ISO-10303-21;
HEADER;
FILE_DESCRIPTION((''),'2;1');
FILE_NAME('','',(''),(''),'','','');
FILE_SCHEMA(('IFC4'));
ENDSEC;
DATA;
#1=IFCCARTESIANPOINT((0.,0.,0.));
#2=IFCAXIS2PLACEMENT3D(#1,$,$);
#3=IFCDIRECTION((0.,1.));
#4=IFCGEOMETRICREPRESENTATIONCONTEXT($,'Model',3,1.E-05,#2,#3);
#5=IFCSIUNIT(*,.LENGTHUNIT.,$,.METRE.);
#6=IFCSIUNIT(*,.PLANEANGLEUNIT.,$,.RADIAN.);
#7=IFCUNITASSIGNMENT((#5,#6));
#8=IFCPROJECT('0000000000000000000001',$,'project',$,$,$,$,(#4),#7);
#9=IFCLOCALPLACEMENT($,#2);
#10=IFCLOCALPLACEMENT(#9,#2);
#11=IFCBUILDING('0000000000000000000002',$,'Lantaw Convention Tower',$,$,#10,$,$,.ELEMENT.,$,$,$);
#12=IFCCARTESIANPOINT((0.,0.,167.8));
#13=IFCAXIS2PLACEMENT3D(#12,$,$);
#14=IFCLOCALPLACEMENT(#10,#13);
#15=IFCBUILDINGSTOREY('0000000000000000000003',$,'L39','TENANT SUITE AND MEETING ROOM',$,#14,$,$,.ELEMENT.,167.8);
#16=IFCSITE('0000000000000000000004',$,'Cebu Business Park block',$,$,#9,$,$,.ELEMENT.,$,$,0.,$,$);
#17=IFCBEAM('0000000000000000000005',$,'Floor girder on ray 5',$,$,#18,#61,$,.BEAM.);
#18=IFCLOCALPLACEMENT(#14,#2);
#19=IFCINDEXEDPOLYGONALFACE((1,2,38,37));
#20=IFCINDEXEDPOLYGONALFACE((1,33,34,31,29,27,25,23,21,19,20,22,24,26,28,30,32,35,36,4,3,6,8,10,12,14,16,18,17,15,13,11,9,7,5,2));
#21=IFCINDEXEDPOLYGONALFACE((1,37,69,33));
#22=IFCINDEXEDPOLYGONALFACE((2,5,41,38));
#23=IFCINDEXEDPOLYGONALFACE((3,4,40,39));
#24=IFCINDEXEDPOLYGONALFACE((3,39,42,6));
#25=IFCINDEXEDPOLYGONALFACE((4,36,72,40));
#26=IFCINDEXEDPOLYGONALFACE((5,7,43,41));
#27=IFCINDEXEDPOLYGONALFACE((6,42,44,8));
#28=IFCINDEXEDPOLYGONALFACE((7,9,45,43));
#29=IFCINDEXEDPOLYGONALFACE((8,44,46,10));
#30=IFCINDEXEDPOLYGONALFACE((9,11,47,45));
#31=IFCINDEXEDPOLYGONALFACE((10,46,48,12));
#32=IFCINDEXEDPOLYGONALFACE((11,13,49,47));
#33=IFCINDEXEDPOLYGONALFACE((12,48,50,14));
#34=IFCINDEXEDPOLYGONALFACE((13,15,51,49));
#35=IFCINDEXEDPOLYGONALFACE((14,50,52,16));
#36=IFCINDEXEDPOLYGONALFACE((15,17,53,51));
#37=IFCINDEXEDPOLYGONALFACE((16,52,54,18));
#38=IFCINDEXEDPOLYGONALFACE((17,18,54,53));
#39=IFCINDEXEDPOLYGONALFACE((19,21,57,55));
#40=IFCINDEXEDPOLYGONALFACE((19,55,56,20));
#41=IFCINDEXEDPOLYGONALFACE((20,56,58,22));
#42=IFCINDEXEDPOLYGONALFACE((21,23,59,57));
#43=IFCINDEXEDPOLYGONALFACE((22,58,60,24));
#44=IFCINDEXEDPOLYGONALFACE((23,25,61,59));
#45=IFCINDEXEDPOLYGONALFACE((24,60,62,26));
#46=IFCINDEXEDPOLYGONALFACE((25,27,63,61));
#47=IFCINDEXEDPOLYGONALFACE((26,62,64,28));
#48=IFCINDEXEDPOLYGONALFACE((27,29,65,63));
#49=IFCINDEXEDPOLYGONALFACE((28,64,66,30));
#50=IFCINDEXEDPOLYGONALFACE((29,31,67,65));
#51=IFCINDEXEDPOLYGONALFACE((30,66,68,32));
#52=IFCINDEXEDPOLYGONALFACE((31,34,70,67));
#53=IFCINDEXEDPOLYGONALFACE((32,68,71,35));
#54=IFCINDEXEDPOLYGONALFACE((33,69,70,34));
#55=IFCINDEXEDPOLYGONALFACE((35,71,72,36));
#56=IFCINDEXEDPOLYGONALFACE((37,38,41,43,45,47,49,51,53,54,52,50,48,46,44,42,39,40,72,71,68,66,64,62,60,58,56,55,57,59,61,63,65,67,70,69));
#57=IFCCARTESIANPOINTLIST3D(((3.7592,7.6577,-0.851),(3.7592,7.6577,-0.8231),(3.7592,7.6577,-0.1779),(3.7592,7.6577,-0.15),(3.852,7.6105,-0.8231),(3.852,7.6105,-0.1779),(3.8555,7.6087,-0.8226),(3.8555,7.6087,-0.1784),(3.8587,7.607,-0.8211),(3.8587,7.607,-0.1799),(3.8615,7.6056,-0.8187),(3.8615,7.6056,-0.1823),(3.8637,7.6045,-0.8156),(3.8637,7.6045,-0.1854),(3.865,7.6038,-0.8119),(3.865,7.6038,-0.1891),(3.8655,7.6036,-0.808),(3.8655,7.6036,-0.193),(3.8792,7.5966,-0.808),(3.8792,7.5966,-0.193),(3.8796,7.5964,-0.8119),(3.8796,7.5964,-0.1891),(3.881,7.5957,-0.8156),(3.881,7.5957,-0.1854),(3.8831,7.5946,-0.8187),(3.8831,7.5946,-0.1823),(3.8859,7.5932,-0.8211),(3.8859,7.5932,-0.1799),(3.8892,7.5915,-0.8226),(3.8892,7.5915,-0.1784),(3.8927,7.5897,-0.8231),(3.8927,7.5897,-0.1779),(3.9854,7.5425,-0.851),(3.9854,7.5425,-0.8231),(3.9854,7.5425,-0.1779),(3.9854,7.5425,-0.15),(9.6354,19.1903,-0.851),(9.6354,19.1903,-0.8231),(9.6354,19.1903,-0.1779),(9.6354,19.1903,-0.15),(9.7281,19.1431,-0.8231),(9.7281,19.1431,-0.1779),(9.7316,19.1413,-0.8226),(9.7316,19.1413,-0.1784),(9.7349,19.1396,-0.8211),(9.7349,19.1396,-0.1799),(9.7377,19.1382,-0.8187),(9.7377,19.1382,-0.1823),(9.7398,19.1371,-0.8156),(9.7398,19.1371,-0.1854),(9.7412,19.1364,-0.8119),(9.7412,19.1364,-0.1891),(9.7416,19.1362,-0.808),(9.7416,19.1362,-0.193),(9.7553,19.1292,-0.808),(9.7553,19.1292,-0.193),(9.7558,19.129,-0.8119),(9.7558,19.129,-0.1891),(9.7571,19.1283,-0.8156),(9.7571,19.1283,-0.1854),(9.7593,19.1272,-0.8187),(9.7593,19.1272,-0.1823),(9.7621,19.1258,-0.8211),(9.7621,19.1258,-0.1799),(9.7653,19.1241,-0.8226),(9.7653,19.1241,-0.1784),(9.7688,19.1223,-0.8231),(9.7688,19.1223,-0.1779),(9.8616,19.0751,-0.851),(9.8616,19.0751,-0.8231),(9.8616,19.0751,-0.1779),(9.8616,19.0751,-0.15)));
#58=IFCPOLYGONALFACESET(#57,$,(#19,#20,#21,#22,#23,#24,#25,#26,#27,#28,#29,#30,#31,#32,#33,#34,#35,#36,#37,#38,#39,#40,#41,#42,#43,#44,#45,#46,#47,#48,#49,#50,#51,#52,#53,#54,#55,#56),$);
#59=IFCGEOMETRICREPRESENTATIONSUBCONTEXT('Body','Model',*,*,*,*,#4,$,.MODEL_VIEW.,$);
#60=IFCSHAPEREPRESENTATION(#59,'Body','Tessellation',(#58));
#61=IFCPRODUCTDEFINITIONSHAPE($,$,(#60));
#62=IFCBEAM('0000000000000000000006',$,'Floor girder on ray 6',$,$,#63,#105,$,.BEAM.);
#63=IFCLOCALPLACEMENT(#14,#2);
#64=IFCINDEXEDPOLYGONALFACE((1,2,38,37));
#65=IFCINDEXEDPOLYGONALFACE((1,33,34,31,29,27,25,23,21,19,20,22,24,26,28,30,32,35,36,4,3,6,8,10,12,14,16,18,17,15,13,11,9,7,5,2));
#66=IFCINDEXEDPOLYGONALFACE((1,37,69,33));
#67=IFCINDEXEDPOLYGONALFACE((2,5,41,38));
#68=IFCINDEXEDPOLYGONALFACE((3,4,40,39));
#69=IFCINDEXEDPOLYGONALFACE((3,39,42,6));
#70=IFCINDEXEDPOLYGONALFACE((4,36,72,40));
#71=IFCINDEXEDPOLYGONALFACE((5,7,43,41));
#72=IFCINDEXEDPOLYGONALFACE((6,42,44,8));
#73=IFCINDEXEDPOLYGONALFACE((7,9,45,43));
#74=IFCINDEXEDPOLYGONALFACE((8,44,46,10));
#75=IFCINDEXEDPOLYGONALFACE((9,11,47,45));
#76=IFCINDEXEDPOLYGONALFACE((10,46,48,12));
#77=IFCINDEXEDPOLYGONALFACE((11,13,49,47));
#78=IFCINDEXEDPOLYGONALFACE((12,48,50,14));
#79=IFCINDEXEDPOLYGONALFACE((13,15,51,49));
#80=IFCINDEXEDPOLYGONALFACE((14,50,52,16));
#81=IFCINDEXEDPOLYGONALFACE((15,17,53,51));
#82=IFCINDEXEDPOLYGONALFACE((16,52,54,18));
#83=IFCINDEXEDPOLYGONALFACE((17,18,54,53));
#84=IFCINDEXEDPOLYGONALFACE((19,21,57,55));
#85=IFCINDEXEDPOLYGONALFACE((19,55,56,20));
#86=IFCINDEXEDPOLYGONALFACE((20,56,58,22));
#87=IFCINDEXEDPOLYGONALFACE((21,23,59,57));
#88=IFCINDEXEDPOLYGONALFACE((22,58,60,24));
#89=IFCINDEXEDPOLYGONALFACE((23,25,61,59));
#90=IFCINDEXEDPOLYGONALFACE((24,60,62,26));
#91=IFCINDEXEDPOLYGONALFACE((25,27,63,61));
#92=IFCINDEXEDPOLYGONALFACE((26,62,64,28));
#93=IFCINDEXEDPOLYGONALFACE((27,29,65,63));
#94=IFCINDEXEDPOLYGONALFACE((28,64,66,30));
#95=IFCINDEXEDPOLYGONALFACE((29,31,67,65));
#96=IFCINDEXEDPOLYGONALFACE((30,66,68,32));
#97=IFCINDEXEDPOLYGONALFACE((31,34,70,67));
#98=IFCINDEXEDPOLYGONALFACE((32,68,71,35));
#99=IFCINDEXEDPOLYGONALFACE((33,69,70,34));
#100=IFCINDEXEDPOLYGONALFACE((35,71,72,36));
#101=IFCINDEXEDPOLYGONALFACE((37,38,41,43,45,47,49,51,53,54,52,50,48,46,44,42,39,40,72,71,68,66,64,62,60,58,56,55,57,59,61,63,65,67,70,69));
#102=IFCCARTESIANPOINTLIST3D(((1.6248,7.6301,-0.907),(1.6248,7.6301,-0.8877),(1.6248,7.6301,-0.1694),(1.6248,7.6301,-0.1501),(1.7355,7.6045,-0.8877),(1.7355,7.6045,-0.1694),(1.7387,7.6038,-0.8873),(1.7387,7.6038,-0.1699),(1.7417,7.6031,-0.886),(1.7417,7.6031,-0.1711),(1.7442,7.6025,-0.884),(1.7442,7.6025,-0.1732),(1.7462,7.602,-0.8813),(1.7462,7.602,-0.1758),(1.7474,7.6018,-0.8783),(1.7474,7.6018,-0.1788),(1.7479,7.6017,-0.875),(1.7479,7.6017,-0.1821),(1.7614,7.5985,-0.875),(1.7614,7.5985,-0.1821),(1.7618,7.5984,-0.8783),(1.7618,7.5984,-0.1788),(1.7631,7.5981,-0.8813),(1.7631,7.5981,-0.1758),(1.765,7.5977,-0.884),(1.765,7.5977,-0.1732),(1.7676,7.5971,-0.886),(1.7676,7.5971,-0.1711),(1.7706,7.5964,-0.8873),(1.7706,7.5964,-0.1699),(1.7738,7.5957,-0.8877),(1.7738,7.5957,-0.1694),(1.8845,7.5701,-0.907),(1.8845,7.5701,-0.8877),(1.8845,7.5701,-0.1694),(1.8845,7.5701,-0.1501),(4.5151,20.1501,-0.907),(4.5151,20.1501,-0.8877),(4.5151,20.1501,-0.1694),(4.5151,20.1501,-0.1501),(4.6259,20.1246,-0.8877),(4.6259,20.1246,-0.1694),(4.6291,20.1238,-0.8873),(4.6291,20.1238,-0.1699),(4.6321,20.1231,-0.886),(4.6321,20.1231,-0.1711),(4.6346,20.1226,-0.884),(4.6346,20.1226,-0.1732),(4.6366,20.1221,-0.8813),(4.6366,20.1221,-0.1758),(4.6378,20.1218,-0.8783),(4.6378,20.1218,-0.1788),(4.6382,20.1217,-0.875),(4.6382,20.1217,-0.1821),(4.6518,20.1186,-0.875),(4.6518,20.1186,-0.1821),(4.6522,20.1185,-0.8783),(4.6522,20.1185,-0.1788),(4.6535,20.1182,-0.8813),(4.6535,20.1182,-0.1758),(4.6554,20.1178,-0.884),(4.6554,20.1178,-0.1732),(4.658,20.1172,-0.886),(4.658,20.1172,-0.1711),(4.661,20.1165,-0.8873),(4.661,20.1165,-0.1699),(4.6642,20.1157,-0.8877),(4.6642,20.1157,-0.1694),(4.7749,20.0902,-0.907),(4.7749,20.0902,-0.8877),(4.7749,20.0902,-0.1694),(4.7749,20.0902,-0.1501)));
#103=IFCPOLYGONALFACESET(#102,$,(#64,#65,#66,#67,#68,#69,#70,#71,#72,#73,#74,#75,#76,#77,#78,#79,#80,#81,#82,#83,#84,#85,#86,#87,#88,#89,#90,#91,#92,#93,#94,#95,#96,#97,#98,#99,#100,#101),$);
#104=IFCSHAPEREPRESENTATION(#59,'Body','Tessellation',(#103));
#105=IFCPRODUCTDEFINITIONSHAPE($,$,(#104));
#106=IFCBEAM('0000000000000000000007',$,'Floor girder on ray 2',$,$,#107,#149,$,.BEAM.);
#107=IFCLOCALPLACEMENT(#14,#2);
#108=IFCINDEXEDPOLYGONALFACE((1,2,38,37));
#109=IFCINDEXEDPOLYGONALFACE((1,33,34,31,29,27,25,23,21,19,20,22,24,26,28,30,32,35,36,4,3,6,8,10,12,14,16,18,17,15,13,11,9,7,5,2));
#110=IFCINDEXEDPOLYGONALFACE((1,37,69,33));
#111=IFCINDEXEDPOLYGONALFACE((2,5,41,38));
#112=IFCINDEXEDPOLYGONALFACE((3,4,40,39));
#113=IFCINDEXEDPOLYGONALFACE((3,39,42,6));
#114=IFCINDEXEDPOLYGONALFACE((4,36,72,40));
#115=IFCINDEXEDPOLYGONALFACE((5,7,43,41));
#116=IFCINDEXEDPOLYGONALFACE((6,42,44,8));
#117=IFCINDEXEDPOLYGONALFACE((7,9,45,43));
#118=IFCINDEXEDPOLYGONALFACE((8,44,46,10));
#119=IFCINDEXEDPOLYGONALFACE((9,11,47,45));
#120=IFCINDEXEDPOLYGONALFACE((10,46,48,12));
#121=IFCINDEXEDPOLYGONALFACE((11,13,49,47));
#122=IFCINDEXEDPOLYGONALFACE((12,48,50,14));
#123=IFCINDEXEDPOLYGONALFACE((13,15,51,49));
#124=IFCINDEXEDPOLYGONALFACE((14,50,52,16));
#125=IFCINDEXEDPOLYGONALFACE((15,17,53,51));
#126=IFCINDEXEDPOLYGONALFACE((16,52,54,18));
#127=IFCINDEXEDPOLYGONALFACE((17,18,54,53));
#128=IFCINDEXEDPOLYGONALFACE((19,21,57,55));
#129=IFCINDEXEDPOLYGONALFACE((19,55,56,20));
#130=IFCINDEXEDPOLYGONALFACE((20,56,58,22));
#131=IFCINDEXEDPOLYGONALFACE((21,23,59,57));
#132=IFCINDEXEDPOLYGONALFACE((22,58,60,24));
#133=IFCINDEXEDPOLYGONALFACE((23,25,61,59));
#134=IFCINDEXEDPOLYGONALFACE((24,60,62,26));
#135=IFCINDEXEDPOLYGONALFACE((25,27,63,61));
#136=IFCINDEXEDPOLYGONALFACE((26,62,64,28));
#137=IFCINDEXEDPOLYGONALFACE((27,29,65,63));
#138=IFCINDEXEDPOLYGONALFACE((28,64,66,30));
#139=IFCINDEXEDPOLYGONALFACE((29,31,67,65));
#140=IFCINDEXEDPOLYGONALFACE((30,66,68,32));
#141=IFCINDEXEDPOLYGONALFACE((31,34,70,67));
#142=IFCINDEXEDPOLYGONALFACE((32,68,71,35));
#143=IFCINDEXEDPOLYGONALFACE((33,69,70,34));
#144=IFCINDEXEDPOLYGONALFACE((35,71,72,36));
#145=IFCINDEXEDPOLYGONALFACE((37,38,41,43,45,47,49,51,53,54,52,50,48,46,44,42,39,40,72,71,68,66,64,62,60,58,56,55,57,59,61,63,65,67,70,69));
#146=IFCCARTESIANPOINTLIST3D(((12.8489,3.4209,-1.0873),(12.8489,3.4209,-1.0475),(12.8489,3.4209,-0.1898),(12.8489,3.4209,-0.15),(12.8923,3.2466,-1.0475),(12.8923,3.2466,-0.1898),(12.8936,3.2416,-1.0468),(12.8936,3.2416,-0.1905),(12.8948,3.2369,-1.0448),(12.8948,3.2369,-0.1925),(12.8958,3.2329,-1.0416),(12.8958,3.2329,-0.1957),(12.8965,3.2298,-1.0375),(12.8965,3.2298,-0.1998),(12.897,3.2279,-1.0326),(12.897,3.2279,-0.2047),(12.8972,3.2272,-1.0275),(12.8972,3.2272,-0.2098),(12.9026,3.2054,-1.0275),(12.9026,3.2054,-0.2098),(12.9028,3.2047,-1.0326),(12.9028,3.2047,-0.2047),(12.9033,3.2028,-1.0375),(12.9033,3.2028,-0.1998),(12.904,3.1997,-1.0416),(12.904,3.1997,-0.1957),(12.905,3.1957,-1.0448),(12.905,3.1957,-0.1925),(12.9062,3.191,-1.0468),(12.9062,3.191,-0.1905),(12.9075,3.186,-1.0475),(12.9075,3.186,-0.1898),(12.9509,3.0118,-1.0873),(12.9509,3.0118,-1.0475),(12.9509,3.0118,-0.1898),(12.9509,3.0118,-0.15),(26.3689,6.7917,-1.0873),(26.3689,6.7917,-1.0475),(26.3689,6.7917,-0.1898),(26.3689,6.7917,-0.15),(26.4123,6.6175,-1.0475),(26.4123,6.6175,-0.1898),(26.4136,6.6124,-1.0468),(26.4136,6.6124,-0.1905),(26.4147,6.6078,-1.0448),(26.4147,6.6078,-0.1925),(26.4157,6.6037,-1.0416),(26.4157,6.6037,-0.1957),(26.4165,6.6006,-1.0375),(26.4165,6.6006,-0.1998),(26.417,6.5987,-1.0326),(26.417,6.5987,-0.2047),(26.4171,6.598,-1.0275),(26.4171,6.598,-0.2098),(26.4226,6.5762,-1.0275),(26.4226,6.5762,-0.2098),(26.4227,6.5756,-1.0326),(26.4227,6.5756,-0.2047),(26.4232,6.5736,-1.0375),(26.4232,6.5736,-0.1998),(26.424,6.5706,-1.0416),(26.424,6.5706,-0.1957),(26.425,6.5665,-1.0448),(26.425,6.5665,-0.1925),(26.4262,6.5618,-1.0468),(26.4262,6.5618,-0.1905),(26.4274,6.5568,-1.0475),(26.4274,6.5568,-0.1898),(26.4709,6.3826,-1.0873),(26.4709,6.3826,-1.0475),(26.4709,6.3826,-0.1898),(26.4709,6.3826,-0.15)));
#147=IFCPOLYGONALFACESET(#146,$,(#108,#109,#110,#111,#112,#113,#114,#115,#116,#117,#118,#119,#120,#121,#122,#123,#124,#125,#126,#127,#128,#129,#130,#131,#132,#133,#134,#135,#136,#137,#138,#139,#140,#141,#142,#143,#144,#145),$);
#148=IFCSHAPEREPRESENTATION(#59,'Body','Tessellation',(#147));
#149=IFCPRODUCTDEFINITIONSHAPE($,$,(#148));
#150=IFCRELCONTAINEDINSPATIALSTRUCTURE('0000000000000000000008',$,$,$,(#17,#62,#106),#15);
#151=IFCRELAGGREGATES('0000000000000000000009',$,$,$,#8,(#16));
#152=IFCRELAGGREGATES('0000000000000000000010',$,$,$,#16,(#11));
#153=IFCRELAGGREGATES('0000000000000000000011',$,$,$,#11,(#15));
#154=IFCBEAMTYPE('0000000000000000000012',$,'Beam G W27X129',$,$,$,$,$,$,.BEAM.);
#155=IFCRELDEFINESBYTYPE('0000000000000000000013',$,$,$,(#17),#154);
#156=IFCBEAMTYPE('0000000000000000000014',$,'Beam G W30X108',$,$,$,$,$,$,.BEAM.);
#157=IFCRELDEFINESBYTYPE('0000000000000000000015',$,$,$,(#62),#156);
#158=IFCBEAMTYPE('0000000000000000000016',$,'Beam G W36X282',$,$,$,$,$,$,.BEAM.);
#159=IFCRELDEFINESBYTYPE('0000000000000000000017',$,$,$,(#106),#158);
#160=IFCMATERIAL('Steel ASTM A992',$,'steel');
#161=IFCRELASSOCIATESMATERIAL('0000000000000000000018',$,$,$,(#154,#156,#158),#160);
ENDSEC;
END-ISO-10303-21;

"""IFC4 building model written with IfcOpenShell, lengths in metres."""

from ifc_helpers import new_model, si_unit, direction, frame, origin, origin_2d, place, context, subcontext, project, spatial, i_section, extrude, material, material_profile, profile_set, type_object, element, save


model = new_model("IFC4")

# Units and contexts
model_context = context("Model", 3, precision=1e-05, world=origin(), true_north=direction((0.0, 1.0)))
body_context = subcontext(model_context, "Body", "Model", "MODEL_VIEW")
ifc_project = project(units=[si_unit("LENGTHUNIT", "METRE"), si_unit("PLANEANGLEUNIT", "RADIAN")], contexts=[model_context])

# Site, building, storey
site_placement = place(None, origin())
site = spatial("IfcSite", under=ifc_project, at=site_placement, Name="Cebu Business Park block", CompositionType="ELEMENT", RefElevation=0.0)
building_placement = place(site_placement, origin())
building = spatial("IfcBuilding", under=site, at=building_placement, Name="Lantaw Convention Tower", CompositionType="ELEMENT")
storey_placement = place(building_placement, frame((0.0, 0.0, 167.8)))
storey = spatial("IfcBuildingStorey", under=building, at=storey_placement, Name="L39", Description="TENANT SUITE AND MEETING ROOM", CompositionType="ELEMENT", Elevation=167.8)

# Beams
ifc_material_1 = material(Name="Steel ASTM A992", Category="steel")
ifc_material_profile_1 = material_profile(ifc_material_1, i_section(OverallWidth=0.2539, OverallDepth=0.7009, WebThickness=0.0154, FlangeThickness=0.0278, FilletRadius=0.0151, at=origin_2d()), Name="W27X129")
ifc_profile_set_1 = profile_set([ifc_material_profile_1], Name="Steel ASTM A992")
beam_type_1 = type_object("IfcBeamType", Name="Beam G W27X129", PredefinedType="BEAM", material=ifc_profile_set_1)
beam_1_placement = place(storey_placement, frame((3.8723, 7.6001, -0.5005), z_axis=(0.453991, 0.891006, 0.0), x_axis=(-0.891006, 0.453991, 0.0)))
element("IfcBeam", 1, at=beam_1_placement, inside=storey, type_object=beam_type_1, Name="Floor girder on ray 5", PredefinedType="BEAM", context=body_context, shape_type="SweptSolid", body=[
    extrude(i_section(OverallWidth=0.2539, OverallDepth=0.7009, WebThickness=0.0154, FlangeThickness=0.0278, FilletRadius=0.0151, at=origin_2d()), origin(), (0.0, 0.0, 1.0), 12.9434),
])
ifc_material_profile_2 = material_profile(ifc_material_1, i_section(OverallWidth=0.2666, OverallDepth=0.7568, WebThickness=0.0139, FlangeThickness=0.0193, FilletRadius=0.0127, at=origin_2d()), Name="W30X108")
ifc_profile_set_2 = profile_set([ifc_material_profile_2], Name="Steel ASTM A992")
beam_type_2 = type_object("IfcBeamType", Name="Beam G W30X108", PredefinedType="BEAM", material=ifc_profile_set_2)
beam_2_placement = place(storey_placement, frame((1.7546, 7.6001, -0.5286), z_axis=(0.224944, 0.974372, 0.0), x_axis=(-0.974372, 0.224944, 0.0)))
element("IfcBeam", 2, at=beam_2_placement, inside=storey, type_object=beam_type_2, Name="Floor girder on ray 6", PredefinedType="BEAM", context=body_context, shape_type="SweptSolid", body=[
    extrude(i_section(OverallWidth=0.2666, OverallDepth=0.7568, WebThickness=0.0139, FlangeThickness=0.0193, FilletRadius=0.0127, at=origin_2d()), origin(), (0.0, 0.0, 1.0), 12.8494),
])
ifc_material_profile_3 = material_profile(ifc_material_1, i_section(OverallWidth=0.4216, OverallDepth=0.9373, WebThickness=0.0225, FlangeThickness=0.0398, FilletRadius=0.02, at=origin_2d()), Name="W36X282")
ifc_profile_set_3 = profile_set([ifc_material_profile_3], Name="Steel ASTM A992")
beam_type_3 = type_object("IfcBeamType", Name="Beam G W36X282", PredefinedType="BEAM", material=ifc_profile_set_3)
beam_3_placement = place(storey_placement, frame((12.8999, 3.2163, -0.6187), z_axis=(0.970297, 0.241917, 0.0), x_axis=(-0.241917, 0.970297, 0.0)))
element("IfcBeam", 3, at=beam_3_placement, inside=storey, type_object=beam_type_3, Name="Floor girder on ray 2", PredefinedType="BEAM", context=body_context, shape_type="SweptSolid", body=[
    extrude(i_section(OverallWidth=0.4216, OverallDepth=0.9373, WebThickness=0.0225, FlangeThickness=0.0398, FilletRadius=0.02, at=origin_2d()), origin(), (0.0, 0.0, 1.0), 13.9338),
])

save(model, "model.ifc")
